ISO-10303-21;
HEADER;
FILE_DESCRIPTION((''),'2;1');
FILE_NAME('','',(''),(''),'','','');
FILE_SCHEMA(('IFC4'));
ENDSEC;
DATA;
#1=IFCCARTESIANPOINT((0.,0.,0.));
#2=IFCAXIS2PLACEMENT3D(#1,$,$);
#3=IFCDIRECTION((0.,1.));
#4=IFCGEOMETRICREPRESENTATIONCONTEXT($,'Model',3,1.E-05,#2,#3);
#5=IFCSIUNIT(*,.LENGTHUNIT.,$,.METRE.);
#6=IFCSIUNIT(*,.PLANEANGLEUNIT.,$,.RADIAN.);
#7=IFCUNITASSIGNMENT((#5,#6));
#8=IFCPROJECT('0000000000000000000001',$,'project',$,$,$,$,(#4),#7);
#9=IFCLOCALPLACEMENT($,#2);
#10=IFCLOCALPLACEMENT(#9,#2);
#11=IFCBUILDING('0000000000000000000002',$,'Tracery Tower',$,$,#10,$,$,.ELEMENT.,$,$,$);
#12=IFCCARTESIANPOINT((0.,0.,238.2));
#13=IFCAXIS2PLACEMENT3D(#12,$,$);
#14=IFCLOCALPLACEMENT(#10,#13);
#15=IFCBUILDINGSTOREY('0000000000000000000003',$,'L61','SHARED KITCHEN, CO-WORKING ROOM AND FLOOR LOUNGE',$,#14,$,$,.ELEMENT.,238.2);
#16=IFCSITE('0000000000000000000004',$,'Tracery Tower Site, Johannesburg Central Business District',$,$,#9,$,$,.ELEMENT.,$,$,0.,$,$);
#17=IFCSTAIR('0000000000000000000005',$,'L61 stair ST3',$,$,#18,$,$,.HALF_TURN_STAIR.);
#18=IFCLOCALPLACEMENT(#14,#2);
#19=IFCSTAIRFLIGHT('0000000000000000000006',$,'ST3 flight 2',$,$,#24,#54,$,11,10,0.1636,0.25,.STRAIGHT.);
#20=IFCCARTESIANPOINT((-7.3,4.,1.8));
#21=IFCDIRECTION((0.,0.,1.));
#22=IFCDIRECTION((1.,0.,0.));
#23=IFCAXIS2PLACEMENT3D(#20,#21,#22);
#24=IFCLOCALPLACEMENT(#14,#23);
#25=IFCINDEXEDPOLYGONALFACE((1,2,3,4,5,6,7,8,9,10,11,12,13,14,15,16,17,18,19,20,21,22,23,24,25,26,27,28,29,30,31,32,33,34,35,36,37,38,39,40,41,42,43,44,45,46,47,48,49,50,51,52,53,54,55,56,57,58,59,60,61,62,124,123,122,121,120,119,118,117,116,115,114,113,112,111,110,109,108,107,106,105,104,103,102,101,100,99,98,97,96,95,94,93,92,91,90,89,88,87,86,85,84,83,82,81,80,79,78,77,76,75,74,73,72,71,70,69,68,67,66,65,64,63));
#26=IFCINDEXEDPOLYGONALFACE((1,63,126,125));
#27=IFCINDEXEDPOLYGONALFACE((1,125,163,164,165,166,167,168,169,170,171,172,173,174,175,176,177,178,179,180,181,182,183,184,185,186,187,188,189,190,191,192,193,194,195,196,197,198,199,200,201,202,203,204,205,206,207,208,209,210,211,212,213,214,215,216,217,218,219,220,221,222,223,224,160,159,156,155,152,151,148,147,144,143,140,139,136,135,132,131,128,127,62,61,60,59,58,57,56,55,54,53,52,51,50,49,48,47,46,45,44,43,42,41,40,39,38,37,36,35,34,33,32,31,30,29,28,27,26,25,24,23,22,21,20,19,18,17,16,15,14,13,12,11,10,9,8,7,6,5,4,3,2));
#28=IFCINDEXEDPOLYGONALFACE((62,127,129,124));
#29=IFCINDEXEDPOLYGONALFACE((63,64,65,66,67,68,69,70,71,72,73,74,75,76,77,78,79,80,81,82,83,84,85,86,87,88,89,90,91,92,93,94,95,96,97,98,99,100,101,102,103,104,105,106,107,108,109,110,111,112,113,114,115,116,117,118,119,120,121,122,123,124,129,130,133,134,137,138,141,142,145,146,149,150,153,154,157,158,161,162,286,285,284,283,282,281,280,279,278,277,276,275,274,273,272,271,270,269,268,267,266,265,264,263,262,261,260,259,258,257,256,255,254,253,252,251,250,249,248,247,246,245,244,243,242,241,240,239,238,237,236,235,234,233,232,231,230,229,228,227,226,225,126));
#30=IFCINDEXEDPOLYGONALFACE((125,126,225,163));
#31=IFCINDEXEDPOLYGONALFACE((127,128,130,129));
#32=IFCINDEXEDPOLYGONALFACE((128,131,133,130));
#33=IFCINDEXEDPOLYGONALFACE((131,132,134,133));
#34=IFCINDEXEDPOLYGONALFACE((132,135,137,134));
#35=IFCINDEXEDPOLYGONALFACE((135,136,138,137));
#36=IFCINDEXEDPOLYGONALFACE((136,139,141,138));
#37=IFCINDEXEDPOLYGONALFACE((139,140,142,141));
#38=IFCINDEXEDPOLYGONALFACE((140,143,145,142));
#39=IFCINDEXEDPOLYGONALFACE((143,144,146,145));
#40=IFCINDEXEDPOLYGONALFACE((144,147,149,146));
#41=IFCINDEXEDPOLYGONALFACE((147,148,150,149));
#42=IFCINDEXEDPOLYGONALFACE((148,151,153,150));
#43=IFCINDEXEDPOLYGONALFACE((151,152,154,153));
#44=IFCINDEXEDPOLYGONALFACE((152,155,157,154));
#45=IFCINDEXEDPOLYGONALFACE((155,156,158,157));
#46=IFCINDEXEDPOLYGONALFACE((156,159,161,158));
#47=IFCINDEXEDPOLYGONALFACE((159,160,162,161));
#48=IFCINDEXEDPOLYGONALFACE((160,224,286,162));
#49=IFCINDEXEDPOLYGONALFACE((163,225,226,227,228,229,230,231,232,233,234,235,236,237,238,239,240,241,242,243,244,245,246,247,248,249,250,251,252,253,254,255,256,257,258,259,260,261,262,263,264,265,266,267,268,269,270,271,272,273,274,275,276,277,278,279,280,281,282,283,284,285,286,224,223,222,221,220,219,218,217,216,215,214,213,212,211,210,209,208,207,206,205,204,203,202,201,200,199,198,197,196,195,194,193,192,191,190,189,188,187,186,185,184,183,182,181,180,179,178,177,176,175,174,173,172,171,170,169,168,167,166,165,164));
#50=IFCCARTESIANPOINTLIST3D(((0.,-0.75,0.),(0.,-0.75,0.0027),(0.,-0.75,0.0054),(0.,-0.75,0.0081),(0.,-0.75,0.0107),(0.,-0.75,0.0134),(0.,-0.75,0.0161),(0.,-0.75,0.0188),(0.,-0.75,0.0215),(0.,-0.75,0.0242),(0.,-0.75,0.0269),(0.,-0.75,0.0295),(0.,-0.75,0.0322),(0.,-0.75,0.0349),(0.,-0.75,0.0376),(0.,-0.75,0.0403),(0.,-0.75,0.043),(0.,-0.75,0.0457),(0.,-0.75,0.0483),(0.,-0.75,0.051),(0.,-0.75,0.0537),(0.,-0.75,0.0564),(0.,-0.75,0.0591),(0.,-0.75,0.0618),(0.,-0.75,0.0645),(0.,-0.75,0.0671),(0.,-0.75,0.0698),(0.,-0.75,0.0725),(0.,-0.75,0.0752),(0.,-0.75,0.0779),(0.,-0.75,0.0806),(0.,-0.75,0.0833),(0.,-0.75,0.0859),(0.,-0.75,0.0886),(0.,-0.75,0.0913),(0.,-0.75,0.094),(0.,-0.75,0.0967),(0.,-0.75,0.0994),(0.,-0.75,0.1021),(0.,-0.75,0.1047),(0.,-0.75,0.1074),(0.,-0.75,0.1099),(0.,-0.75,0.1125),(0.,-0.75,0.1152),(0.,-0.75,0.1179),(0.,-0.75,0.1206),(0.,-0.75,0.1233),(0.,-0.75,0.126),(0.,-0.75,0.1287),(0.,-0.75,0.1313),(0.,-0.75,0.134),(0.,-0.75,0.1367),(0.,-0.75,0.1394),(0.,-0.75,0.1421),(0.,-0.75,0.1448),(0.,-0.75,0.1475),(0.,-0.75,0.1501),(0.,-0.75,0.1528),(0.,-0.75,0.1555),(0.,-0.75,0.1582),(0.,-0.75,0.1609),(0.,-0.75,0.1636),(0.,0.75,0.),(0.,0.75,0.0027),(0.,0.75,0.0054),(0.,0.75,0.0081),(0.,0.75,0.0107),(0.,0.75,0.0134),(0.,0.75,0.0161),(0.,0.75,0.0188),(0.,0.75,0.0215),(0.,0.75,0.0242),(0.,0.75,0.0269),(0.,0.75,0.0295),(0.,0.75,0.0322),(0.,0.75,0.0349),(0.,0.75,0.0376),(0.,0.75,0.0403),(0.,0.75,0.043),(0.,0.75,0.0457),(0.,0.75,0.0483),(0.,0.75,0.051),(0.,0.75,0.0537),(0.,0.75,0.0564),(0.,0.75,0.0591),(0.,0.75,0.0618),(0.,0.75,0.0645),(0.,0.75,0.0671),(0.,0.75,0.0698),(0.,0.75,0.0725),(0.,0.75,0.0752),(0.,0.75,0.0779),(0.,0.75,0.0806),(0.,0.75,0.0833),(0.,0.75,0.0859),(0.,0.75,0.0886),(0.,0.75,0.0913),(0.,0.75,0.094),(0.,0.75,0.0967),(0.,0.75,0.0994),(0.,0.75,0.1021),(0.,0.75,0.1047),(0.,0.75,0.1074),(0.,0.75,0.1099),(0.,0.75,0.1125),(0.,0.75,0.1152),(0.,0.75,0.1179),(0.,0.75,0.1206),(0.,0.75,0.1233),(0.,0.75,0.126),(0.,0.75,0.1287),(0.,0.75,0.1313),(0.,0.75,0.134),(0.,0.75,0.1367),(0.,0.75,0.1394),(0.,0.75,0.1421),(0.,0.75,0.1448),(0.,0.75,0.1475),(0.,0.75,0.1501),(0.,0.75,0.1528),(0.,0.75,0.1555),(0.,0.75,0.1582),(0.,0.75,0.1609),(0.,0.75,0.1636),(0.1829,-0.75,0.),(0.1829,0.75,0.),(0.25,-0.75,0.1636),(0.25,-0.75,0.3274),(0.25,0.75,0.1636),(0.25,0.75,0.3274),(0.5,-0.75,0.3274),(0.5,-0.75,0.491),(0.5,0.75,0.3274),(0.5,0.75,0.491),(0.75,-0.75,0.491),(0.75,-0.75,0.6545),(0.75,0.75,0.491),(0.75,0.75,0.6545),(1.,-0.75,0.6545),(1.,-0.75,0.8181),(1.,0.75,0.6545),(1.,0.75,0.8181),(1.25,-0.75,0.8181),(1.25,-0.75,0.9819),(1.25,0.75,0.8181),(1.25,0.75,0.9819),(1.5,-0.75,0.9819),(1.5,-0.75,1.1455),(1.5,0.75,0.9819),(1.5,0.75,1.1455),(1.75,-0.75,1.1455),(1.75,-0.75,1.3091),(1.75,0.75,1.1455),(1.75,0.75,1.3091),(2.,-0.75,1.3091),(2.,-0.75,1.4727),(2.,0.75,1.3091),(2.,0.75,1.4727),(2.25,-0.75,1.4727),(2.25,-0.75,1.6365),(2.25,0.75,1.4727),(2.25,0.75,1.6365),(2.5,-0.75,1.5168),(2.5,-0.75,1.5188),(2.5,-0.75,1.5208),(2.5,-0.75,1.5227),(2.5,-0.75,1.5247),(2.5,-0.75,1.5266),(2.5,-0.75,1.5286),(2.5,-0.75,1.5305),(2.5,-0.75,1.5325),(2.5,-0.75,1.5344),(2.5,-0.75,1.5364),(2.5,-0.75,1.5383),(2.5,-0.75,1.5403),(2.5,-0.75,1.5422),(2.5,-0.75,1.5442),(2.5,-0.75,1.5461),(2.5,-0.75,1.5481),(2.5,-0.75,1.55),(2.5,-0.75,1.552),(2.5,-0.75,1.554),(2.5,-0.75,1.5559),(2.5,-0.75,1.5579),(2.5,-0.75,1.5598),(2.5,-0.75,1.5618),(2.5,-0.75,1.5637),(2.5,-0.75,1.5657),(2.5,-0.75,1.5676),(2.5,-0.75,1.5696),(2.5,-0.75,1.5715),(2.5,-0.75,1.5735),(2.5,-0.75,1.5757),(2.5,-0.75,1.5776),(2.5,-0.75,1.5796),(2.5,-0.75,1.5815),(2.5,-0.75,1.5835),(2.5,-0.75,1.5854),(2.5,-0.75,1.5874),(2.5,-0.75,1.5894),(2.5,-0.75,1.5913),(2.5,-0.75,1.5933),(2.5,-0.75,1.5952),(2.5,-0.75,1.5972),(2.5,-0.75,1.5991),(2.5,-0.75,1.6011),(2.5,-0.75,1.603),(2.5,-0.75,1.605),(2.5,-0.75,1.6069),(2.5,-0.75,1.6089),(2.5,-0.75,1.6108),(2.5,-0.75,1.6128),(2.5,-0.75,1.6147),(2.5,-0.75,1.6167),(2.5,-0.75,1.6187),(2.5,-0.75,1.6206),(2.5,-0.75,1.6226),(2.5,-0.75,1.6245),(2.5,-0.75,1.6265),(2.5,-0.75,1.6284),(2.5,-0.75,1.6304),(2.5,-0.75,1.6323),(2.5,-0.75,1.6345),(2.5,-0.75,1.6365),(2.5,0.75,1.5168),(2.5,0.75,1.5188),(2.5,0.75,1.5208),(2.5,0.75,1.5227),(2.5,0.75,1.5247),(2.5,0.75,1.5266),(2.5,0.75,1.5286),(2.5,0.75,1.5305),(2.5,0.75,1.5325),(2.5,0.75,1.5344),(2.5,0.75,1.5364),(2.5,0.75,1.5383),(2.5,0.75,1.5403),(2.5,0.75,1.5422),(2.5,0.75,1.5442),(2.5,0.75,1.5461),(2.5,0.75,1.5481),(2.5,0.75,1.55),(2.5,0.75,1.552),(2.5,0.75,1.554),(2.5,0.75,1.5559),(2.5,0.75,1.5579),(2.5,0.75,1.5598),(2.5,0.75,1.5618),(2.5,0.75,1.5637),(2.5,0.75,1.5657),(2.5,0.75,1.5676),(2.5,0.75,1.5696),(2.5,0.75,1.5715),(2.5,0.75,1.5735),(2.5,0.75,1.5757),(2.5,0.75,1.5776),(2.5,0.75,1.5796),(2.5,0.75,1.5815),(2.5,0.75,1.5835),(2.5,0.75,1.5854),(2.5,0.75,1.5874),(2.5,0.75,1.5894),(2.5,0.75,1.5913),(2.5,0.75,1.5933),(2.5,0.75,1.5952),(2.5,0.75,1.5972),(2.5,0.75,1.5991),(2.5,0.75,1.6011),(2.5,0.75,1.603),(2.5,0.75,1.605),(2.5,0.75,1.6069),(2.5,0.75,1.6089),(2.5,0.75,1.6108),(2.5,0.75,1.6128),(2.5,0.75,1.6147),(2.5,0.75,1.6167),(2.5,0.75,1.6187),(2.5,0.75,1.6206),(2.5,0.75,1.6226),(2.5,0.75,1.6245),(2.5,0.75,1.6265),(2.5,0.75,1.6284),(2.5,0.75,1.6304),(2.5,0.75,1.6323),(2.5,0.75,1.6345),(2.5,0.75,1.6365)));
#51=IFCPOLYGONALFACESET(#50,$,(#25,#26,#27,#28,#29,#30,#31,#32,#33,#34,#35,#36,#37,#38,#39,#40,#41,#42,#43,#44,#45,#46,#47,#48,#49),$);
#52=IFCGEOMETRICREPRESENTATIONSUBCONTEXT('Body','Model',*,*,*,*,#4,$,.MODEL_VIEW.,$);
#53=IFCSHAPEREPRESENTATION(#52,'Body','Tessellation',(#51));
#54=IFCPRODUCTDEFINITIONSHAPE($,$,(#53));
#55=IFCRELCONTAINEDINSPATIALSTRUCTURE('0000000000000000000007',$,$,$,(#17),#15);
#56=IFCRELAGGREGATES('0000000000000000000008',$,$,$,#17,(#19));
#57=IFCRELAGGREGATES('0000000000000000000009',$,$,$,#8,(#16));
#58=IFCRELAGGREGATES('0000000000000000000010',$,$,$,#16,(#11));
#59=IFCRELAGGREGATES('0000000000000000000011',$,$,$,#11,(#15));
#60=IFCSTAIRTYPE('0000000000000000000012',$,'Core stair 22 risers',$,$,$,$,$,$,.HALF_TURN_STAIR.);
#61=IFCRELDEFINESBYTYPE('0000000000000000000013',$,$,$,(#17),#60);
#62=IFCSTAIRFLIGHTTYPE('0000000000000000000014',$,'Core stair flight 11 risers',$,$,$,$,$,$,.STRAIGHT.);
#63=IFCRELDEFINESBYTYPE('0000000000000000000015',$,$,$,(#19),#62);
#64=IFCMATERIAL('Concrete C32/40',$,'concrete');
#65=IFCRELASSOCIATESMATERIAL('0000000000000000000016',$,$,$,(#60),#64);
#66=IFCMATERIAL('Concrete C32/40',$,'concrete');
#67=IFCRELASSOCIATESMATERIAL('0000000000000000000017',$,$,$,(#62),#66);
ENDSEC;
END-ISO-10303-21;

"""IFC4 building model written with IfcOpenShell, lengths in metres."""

from ifc_helpers import new_model, si_unit, direction, frame, origin, place, context, subcontext, project, spatial, polyline, outline, extrude, material, type_object, element, aggregate, save


model = new_model("IFC4")

# Units and contexts
model_context = context("Model", 3, precision=1e-05, world=origin(), true_north=direction((0.0, 1.0)))
body_context = subcontext(model_context, "Body", "Model", "MODEL_VIEW")
ifc_project = project(units=[si_unit("LENGTHUNIT", "METRE"), si_unit("PLANEANGLEUNIT", "RADIAN")], contexts=[model_context])

# Site, building, storey
site_placement = place(None, origin())
site = spatial("IfcSite", under=ifc_project, at=site_placement, Name="Tracery Tower Site, Johannesburg Central Business District", CompositionType="ELEMENT", RefElevation=0.0)
building_placement = place(site_placement, origin())
building = spatial("IfcBuilding", under=site, at=building_placement, Name="Tracery Tower", CompositionType="ELEMENT")
storey_placement = place(building_placement, frame((0.0, 0.0, 238.2)))
storey = spatial("IfcBuildingStorey", under=building, at=storey_placement, Name="L61", Description="SHARED KITCHEN, CO-WORKING ROOM AND FLOOR LOUNGE", CompositionType="ELEMENT", Elevation=238.2)

# Shared definitions
ifc_material_1 = material(Name="Concrete C32/40", Category="concrete")
stair_type = type_object("IfcStairType", Name="Core stair 22 risers", PredefinedType="HALF_TURN_STAIR", material=ifc_material_1)

# Stair, stair flight
stair_1_placement = place(storey_placement, origin())
stair_1 = element("IfcStair", 1, at=stair_1_placement, inside=storey, type_object=stair_type, Name="L61 stair ST3", PredefinedType="HALF_TURN_STAIR")
ifc_material_2 = material(Name="Concrete C32/40", Category="concrete")
stair_flight_type = type_object("IfcStairFlightType", Name="Core stair flight 11 risers", PredefinedType="STRAIGHT", material=ifc_material_2)
stair_flight_1_placement = place(storey_placement, frame((-7.3, 4.0, 1.8), z_axis=(0.0, 0.0, 1.0), x_axis=(1.0, 0.0, 0.0)))
stair_flight_1 = element("IfcStairFlight", 2, at=stair_flight_1_placement, type_object=stair_flight_type, Name="ST3 flight 2", NumberOfRisers=11, NumberOfTreads=10, PredefinedType="STRAIGHT", RiserHeight=0.1636, TreadLength=0.25, context=body_context, shape_type="SweptSolid", body=[
    extrude(outline(polyline([(0.0, 0.0), (0.0, 0.0027), (0.0, 0.0054), (0.0, 0.0081), (0.0, 0.0107), (0.0, 0.0134), (0.0, 0.0161), (0.0, 0.0188), (0.0, 0.0215), (0.0, 0.0242), (0.0, 0.0269), (0.0, 0.0295), (0.0, 0.0322), (0.0, 0.0349), (0.0, 0.0376), (0.0, 0.0403), (0.0, 0.043), (0.0, 0.0457), (0.0, 0.0483), (0.0, 0.051), (0.0, 0.0537), (0.0, 0.0564), (0.0, 0.0591), (0.0, 0.0618), (0.0, 0.0645), (0.0, 0.0671), (0.0, 0.0698), (0.0, 0.0725), (0.0, 0.0752), (0.0, 0.0779), (0.0, 0.0806), (0.0, 0.0833), (0.0, 0.0859), (0.0, 0.0886), (0.0, 0.0913), (0.0, 0.094), (0.0, 0.0967), (0.0, 0.0994), (0.0, 0.1021), (0.0, 0.1047), (0.0, 0.1074), (0.0, 0.1099), (0.0, 0.1125), (0.0, 0.1152), (0.0, 0.1179), (0.0, 0.1206), (0.0, 0.1233), (0.0, 0.126), (0.0, 0.1287), (0.0, 0.1313), (0.0, 0.134), (0.0, 0.1367), (0.0, 0.1394), (0.0, 0.1421), (0.0, 0.1448), (0.0, 0.1475), (0.0, 0.1501), (0.0, 0.1528), (0.0, 0.1555), (0.0, 0.1582), (0.0, 0.1609), (0.0, 0.1636), (0.25, 0.1636), (0.25, 0.3274), (0.5, 0.3274), (0.5, 0.491), (0.75, 0.491), (0.75, 0.6545), (1.0, 0.6545), (1.0, 0.8181), (1.25, 0.8181), (1.25, 0.9819), (1.5, 0.9819), (1.5, 1.1455), (1.75, 1.1455), (1.75, 1.3091), (2.0, 1.3091), (2.0, 1.4727), (2.25, 1.4727), (2.25, 1.6365), (2.5, 1.6365), (2.5, 1.6345), (2.5, 1.6323), (2.5, 1.6304), (2.5, 1.6284), (2.5, 1.6265), (2.5, 1.6245), (2.5, 1.6226), (2.5, 1.6206), (2.5, 1.6187), (2.5, 1.6167), (2.5, 1.6147), (2.5, 1.6128), (2.5, 1.6108), (2.5, 1.6089), (2.5, 1.6069), (2.5, 1.605), (2.5, 1.603), (2.5, 1.6011), (2.5, 1.5991), (2.5, 1.5972), (2.5, 1.5952), (2.5, 1.5933), (2.5, 1.5913), (2.5, 1.5894), (2.5, 1.5874), (2.5, 1.5854), (2.5, 1.5835), (2.5, 1.5815), (2.5, 1.5796), (2.5, 1.5776), (2.5, 1.5757), (2.5, 1.5735), (2.5, 1.5715), (2.5, 1.5696), (2.5, 1.5676), (2.5, 1.5657), (2.5, 1.5637), (2.5, 1.5618), (2.5, 1.5598), (2.5, 1.5579), (2.5, 1.5559), (2.5, 1.554), (2.5, 1.552), (2.5, 1.55), (2.5, 1.5481), (2.5, 1.5461), (2.5, 1.5442), (2.5, 1.5422), (2.5, 1.5403), (2.5, 1.5383), (2.5, 1.5364), (2.5, 1.5344), (2.5, 1.5325), (2.5, 1.5305), (2.5, 1.5286), (2.5, 1.5266), (2.5, 1.5247), (2.5, 1.5227), (2.5, 1.5208), (2.5, 1.5188), (2.5, 1.5168), (0.1829, 0.0), (0.0, 0.0)])), frame((0.0, 0.75, 0.0), z_axis=(0.0, -1.0, 0.0), x_axis=(1.0, 0.0, 0.0)), (0.0, 0.0, 1.0), 1.5),
])
aggregate(stair_1, [stair_flight_1])

save(model, "model.ifc")
